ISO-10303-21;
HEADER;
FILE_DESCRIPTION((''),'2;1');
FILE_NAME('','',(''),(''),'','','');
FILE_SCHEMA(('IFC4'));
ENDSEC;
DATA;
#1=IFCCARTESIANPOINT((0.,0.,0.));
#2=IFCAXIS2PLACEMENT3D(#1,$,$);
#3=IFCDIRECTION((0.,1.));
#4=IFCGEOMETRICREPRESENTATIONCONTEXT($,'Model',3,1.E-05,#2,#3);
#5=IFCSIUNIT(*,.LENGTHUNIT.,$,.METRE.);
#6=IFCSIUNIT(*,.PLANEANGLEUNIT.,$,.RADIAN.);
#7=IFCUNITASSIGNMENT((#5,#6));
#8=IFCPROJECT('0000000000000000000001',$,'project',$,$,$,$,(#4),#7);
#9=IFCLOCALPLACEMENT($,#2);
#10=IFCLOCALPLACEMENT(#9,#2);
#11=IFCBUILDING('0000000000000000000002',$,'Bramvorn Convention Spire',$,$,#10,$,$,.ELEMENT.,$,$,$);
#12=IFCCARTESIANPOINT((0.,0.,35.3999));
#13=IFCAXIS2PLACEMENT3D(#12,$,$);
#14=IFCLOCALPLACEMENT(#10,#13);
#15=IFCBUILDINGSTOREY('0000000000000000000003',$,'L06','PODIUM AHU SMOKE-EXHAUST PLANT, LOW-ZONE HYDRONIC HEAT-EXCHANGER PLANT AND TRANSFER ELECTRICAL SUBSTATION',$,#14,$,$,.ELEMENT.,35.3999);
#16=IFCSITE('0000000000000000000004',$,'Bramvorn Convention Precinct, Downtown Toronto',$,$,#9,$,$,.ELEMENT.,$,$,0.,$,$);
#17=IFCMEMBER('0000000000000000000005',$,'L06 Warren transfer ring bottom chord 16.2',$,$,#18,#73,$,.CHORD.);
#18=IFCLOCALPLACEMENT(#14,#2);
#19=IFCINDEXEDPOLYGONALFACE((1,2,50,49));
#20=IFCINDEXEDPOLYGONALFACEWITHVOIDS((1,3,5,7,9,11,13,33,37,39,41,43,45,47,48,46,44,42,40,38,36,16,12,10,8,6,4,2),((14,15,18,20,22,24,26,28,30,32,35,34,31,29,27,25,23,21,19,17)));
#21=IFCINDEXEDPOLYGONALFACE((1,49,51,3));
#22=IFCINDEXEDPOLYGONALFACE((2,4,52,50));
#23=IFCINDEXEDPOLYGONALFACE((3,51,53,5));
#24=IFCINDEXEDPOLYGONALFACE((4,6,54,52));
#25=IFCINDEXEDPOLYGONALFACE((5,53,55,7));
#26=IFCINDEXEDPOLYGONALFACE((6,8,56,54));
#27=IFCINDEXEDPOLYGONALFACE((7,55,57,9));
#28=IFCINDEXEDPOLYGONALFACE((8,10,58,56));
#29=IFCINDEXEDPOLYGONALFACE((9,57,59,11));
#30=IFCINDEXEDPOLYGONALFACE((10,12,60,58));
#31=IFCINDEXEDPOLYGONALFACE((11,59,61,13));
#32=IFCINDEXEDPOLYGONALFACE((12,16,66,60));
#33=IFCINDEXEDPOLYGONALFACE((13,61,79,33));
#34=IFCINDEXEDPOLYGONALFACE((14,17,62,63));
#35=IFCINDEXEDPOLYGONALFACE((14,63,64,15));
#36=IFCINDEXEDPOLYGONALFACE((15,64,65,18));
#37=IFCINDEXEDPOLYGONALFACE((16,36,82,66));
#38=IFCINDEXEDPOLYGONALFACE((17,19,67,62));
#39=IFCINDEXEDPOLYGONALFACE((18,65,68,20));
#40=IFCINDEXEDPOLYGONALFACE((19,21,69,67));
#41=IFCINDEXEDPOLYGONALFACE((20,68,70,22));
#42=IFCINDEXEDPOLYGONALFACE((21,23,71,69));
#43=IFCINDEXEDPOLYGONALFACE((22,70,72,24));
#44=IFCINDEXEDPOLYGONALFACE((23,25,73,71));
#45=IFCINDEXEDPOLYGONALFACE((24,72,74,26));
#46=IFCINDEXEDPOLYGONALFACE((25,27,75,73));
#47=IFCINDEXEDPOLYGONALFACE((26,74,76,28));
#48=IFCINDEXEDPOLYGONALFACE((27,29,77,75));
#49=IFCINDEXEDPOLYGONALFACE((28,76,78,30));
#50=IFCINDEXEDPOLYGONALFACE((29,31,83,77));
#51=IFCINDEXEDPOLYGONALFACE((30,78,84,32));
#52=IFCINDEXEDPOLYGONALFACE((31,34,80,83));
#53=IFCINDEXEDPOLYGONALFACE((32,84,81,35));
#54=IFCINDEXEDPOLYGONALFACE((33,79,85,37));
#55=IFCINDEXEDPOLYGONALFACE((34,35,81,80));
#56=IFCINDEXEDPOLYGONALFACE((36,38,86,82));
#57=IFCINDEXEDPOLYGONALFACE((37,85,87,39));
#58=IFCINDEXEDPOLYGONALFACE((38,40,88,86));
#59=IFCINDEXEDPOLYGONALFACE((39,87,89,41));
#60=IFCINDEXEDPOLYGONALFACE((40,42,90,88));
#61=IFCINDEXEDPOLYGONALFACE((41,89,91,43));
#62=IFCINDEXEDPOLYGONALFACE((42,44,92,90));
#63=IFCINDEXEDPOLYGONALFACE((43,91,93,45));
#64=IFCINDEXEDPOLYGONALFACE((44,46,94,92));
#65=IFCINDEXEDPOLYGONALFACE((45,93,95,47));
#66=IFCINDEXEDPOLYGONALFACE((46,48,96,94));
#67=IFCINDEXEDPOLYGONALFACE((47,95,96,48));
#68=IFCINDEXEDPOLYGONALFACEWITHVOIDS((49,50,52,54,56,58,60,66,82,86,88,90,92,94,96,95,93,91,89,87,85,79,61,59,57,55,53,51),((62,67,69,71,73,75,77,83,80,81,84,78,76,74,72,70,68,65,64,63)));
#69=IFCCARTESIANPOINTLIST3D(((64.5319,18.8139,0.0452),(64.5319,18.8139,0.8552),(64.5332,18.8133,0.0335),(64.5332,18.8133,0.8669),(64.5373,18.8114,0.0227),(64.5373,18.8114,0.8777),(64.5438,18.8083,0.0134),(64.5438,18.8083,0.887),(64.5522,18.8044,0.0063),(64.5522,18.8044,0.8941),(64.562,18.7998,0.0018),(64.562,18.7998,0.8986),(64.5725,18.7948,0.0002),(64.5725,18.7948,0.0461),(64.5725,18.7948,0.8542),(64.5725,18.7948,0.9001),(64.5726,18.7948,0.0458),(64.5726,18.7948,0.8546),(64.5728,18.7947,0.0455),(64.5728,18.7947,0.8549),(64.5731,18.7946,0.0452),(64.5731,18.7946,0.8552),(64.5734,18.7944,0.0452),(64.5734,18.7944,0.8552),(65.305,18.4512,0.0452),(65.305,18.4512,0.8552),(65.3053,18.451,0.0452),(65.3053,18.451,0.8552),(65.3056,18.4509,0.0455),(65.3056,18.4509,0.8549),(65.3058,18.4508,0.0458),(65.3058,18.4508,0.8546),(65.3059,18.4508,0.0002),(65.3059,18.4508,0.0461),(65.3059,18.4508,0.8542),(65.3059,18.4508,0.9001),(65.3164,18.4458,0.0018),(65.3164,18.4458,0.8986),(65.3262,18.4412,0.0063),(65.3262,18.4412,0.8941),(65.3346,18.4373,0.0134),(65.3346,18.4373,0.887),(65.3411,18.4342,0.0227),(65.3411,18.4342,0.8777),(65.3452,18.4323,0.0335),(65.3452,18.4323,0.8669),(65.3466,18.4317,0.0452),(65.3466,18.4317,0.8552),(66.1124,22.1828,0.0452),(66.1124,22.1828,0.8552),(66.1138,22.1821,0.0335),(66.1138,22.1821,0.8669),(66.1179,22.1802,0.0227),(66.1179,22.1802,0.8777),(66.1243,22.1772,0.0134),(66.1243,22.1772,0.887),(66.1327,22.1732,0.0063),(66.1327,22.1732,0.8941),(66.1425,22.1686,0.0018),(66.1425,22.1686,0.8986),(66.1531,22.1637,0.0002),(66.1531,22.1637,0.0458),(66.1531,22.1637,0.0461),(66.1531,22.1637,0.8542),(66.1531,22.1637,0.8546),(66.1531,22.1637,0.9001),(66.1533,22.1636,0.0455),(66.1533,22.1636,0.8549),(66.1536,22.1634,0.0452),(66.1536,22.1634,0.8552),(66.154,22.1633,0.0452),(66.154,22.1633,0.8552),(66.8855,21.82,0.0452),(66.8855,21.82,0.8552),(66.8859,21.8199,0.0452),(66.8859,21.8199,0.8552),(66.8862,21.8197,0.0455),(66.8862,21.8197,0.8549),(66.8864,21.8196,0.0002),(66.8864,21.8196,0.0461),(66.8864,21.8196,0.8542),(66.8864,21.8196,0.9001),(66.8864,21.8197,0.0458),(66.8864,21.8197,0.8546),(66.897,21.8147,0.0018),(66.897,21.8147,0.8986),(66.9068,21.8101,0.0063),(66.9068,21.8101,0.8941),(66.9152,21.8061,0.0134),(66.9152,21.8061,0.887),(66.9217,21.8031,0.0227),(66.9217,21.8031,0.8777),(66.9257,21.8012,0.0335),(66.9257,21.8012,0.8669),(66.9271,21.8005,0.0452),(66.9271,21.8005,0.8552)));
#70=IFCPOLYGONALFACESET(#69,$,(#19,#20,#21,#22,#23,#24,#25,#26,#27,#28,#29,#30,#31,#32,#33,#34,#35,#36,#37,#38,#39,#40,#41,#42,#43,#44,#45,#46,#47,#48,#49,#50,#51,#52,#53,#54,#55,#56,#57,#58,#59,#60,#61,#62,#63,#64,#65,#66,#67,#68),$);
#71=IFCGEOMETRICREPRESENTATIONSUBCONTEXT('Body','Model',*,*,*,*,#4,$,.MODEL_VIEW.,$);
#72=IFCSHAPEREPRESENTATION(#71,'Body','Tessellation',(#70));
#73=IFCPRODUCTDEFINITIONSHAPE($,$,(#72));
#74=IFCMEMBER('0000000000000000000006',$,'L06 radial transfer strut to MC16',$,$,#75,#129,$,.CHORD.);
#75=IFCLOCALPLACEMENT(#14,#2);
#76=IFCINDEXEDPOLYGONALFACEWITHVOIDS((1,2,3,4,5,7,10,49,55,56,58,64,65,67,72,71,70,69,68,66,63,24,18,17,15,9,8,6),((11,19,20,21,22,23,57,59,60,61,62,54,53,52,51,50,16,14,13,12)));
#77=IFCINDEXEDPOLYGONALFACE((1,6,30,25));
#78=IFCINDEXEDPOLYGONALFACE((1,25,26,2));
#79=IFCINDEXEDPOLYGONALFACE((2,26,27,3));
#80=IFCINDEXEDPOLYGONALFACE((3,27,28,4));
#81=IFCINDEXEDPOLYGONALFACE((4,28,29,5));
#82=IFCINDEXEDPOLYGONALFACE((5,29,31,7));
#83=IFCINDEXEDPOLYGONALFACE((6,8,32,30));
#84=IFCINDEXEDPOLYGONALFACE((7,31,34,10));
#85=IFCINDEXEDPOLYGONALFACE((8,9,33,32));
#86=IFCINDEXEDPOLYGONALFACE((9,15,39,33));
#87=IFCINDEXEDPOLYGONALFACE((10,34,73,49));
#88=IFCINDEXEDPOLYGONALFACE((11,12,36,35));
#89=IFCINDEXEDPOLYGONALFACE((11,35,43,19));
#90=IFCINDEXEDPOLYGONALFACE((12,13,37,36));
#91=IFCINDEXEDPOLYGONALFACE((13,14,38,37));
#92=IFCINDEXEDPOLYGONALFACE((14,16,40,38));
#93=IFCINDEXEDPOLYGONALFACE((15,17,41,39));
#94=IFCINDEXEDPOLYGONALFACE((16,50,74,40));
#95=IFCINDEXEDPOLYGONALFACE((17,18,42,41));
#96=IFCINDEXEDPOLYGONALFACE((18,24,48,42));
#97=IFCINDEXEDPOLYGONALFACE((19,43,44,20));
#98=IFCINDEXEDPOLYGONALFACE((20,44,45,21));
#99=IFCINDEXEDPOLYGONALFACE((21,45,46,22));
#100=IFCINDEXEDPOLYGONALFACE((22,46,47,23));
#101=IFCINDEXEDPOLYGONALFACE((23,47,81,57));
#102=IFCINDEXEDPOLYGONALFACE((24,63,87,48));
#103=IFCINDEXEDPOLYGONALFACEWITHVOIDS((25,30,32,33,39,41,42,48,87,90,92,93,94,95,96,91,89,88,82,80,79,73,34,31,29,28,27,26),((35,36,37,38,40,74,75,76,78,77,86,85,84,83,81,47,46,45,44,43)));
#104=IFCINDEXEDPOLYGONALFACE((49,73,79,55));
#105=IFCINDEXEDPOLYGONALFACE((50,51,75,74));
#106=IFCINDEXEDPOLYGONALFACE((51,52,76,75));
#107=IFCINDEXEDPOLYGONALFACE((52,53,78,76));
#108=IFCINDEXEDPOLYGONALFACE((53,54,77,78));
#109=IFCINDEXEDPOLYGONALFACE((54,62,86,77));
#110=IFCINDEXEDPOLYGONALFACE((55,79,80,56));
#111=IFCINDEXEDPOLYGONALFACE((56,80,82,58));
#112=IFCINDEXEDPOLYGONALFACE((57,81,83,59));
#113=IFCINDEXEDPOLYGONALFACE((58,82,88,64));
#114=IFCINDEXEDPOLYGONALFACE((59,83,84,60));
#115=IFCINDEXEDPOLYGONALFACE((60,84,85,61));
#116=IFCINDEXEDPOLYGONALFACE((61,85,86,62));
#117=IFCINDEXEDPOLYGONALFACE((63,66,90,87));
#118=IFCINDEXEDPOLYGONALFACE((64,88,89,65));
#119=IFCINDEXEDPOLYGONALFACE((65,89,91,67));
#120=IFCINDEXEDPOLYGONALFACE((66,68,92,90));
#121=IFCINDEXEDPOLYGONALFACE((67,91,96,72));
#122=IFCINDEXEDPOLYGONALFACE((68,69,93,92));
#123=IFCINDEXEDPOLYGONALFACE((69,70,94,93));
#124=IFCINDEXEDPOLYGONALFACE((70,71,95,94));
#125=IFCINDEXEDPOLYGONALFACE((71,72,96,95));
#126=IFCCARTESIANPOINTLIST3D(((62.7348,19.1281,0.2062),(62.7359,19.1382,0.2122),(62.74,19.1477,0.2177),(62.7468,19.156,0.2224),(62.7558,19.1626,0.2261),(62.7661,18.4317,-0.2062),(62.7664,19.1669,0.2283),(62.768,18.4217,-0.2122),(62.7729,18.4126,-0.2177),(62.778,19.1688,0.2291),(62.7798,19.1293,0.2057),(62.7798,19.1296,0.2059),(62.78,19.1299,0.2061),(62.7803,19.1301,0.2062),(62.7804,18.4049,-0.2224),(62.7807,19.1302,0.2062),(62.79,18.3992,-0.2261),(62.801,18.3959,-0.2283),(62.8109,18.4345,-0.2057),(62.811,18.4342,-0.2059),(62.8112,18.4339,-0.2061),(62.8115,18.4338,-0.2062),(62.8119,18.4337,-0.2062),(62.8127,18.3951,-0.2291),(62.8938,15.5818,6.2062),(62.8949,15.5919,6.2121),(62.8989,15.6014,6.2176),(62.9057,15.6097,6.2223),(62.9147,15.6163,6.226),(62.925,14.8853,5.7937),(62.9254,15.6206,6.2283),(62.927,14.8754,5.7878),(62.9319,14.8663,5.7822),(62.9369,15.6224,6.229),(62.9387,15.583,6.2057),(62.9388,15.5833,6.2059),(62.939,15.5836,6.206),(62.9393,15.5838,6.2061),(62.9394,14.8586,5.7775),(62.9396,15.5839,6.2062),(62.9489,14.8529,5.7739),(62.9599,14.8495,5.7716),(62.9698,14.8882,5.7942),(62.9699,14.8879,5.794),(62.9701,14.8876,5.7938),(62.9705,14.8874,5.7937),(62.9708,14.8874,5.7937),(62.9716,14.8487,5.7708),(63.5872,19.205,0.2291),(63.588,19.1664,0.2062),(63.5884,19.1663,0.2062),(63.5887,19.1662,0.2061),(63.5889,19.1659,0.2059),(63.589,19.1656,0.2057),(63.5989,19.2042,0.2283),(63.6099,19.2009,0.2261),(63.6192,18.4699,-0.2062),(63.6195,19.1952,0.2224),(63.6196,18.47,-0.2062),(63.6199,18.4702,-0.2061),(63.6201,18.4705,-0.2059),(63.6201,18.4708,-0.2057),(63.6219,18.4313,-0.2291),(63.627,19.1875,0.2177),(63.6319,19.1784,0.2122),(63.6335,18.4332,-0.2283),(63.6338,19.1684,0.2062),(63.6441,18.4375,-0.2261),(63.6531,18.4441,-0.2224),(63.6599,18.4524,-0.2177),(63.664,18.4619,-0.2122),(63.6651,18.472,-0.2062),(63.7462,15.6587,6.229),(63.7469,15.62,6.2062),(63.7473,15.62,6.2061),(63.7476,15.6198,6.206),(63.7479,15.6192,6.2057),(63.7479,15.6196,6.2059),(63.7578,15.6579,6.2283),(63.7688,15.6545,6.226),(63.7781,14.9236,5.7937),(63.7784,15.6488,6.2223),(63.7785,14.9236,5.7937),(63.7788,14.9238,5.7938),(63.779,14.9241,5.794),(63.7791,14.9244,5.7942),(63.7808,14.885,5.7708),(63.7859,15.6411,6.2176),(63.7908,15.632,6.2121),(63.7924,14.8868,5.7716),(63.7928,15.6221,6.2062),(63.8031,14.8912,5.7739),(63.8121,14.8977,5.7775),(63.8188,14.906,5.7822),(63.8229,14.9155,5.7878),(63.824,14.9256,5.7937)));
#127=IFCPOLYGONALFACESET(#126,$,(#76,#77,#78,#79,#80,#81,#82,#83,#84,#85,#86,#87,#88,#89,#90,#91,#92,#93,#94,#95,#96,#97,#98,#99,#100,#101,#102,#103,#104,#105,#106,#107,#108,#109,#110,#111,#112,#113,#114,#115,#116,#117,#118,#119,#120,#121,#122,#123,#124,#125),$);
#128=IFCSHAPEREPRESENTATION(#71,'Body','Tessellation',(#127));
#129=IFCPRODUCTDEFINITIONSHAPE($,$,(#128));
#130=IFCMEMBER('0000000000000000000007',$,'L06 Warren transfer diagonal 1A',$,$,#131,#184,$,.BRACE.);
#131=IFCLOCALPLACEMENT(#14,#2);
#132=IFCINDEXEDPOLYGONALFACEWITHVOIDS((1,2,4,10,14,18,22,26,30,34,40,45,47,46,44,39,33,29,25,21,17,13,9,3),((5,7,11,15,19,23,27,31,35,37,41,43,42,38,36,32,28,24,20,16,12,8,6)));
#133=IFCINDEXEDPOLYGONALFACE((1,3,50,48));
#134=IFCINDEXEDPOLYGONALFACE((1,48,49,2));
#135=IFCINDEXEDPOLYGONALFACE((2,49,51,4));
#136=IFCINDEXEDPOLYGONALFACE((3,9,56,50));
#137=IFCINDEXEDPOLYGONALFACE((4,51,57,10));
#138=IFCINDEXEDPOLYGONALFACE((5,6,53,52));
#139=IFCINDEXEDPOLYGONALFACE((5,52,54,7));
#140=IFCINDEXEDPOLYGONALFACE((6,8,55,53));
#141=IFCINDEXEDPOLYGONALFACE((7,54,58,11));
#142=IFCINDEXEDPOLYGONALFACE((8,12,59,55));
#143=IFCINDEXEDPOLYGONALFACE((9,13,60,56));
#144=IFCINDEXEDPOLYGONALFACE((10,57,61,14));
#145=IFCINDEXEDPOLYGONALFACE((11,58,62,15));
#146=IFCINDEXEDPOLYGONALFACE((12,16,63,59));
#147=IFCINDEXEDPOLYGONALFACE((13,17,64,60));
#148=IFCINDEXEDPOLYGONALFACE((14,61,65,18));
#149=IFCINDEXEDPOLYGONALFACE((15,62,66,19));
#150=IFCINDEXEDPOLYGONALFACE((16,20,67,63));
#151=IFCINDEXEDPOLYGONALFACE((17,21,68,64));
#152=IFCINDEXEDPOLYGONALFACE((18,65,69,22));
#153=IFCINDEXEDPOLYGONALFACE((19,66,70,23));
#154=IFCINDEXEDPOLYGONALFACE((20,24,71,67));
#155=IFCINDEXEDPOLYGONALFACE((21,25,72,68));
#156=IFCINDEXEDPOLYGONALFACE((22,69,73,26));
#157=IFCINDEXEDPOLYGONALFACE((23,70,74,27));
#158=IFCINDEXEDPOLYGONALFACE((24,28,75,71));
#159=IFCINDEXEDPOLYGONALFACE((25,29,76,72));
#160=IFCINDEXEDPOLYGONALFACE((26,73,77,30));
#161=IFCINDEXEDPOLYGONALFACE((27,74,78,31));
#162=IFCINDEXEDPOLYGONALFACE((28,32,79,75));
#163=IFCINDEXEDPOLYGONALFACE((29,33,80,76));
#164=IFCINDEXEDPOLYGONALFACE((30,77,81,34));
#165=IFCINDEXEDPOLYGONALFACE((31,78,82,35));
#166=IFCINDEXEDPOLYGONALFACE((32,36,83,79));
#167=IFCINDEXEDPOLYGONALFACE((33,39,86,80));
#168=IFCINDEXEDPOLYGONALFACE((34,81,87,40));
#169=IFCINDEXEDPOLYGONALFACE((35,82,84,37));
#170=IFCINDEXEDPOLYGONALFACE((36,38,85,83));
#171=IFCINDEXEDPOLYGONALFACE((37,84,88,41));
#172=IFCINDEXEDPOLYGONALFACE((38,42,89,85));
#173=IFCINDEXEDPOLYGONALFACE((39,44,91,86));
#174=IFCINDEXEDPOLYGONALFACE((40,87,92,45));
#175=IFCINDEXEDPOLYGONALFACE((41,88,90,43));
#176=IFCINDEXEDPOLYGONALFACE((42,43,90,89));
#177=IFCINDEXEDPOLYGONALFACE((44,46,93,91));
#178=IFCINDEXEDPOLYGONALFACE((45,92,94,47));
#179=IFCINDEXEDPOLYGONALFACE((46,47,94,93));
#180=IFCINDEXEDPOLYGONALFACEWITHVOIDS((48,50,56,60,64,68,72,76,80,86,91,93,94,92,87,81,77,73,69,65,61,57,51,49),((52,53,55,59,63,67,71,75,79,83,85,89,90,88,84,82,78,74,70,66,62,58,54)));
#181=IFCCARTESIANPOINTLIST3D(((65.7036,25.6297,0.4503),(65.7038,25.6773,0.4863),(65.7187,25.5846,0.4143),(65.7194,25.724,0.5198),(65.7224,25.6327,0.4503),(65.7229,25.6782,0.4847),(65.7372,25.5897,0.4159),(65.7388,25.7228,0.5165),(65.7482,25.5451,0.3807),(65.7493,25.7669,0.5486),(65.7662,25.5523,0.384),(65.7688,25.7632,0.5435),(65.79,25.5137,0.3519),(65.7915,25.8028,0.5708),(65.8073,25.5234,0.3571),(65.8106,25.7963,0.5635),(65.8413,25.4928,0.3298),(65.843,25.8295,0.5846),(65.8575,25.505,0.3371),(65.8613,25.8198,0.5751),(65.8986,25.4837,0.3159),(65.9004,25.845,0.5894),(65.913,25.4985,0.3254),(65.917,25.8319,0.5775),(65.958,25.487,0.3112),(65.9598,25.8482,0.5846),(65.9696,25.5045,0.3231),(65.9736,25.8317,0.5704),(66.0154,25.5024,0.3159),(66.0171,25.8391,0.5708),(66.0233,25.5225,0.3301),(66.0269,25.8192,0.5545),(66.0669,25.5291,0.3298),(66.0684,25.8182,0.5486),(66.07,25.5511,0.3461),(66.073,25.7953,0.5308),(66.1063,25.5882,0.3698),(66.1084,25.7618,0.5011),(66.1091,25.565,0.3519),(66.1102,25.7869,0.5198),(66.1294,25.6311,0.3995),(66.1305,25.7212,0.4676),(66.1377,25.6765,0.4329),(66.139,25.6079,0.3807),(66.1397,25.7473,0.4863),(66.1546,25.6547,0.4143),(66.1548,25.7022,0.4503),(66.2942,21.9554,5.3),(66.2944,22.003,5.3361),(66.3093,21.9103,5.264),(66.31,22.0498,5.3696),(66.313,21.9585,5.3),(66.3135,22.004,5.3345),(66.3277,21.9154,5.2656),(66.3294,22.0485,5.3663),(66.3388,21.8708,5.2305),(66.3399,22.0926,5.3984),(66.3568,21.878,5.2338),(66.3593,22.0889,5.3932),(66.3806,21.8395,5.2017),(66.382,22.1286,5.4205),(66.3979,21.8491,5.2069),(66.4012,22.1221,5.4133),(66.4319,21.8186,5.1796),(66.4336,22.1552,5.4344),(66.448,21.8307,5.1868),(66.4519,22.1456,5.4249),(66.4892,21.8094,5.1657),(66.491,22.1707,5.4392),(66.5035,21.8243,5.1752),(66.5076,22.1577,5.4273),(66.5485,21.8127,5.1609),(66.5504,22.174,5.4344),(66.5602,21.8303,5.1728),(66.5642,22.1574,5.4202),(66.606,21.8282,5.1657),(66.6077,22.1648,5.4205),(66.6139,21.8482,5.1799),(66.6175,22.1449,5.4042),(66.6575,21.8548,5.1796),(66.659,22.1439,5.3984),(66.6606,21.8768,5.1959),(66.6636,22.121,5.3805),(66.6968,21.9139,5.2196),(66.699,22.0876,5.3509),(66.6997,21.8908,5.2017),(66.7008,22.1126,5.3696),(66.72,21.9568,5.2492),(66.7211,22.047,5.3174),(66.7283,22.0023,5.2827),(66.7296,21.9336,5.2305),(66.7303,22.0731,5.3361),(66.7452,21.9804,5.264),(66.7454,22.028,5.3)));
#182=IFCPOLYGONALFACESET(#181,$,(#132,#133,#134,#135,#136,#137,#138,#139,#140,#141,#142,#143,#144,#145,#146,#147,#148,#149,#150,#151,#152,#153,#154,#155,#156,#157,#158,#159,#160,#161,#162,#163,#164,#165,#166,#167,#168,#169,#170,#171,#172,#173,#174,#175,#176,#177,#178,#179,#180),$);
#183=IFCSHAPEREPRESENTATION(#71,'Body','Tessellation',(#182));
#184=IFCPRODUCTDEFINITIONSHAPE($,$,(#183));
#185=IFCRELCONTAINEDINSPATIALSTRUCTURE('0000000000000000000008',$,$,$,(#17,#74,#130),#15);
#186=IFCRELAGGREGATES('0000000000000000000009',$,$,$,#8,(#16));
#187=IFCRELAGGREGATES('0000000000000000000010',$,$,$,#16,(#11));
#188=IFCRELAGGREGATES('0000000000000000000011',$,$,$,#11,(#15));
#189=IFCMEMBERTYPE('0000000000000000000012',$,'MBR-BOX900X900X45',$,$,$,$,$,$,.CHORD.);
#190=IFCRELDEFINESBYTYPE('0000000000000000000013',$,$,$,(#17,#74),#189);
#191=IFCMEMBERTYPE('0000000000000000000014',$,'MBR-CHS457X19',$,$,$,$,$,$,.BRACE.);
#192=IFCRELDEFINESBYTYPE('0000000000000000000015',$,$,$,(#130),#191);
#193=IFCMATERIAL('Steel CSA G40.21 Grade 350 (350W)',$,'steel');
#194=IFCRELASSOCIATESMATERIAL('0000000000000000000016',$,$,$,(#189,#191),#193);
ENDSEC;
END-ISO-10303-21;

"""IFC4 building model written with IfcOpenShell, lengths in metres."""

from ifc_helpers import new_model, si_unit, direction, frame, origin, origin_2d, place, context, subcontext, project, spatial, hollow_rectangle, hollow_circle, extrude, material, material_profile, profile_set, type_object, element, save


model = new_model("IFC4")

# Units and contexts
model_context = context("Model", 3, precision=1e-05, world=origin(), true_north=direction((0.0, 1.0)))
body_context = subcontext(model_context, "Body", "Model", "MODEL_VIEW")
ifc_project = project(units=[si_unit("LENGTHUNIT", "METRE"), si_unit("PLANEANGLEUNIT", "RADIAN")], contexts=[model_context])

# Site, building, storey
site_placement = place(None, origin())
site = spatial("IfcSite", under=ifc_project, at=site_placement, Name="Bramvorn Convention Precinct, Downtown Toronto", CompositionType="ELEMENT", RefElevation=0.0)
building_placement = place(site_placement, origin())
building = spatial("IfcBuilding", under=site, at=building_placement, Name="Bramvorn Convention Spire", CompositionType="ELEMENT")
storey_placement = place(building_placement, frame((0.0, 0.0, 35.3999)))
storey = spatial("IfcBuildingStorey", under=building, at=storey_placement, Name="L06", Description="PODIUM AHU SMOKE-EXHAUST PLANT, LOW-ZONE HYDRONIC HEAT-EXCHANGER PLANT AND TRANSFER ELECTRICAL SUBSTATION", CompositionType="ELEMENT", Elevation=35.3999)

# Shared definitions
ifc_material_1 = material(Name="Steel CSA G40.21 Grade 350 (350W)", Category="steel")

# Members
ifc_material_profile_1 = material_profile(ifc_material_1, hollow_rectangle(XDim=0.8999, YDim=0.8999, WallThickness=0.0449, InnerFilletRadius=0.001, OuterFilletRadius=0.0449, at=origin_2d()))
ifc_profile_set_1 = profile_set([ifc_material_profile_1], Name="Steel CSA G40.21 Grade 350 (350W) - BOX900X900X45")
member_type_1 = type_object("IfcMemberType", Name="MBR-BOX900X900X45", PredefinedType="CHORD", material=ifc_profile_set_1)
for number, where, z_axis, x_axis, name in (
    (1, (64.9392, 18.6228, 0.4502), (0.424741, 0.905315, 0.0), (-0.905315, 0.424741, 0.0), "L06 Warren transfer ring bottom chord 16.2"),
):
    element("IfcMember", number, at=place(storey_placement, frame(where, z_axis=z_axis, x_axis=x_axis)), inside=storey, type_object=member_type_1, Name=name, PredefinedType="CHORD", context=body_context, shape_type="SweptSolid", body=[
        extrude(hollow_rectangle(XDim=0.8999, YDim=0.8999, WallThickness=0.0449, InnerFilletRadius=0.001, OuterFilletRadius=0.0449, at=origin_2d()), origin(), (0.0, 0.0, 1.0), 3.7212),
    ])
member_1_placement = place(storey_placement, frame((63.2, 18.8, 0.0), z_axis=(0.022798, -0.508696, 0.860644), x_axis=(0.998997, 0.044771, 0.0)))
element("IfcMember", 2, at=member_1_placement, inside=storey, type_object=member_type_1, Name="L06 radial transfer strut to MC16", PredefinedType="CHORD", context=body_context, shape_type="SweptSolid", body=[
    extrude(hollow_rectangle(XDim=0.8999, YDim=0.8999, WallThickness=0.0449, InnerFilletRadius=0.001, OuterFilletRadius=0.0449, at=origin_2d()), origin(), (0.0, 0.0, 1.0), 6.9714),
])
ifc_material_profile_2 = material_profile(ifc_material_1, hollow_circle(Radius=0.2285, WallThickness=0.019, at=origin_2d()))
ifc_profile_set_2 = profile_set([ifc_material_profile_2], Name="Steel CSA G40.21 Grade 350 (350W) - CHS457X19")
member_type_2 = type_object("IfcMemberType", Name="MBR-CHS457X19", PredefinedType="BRACE", material=ifc_profile_set_2)
member_2_placement = place(storey_placement, frame((66.5198, 21.9917, 5.3), z_axis=(-0.096608, 0.601052, -0.793349), x_axis=(-0.987328, -0.158694, 0.0)))
element("IfcMember", 3, at=member_2_placement, inside=storey, type_object=member_type_2, Name="L06 Warren transfer diagonal 1A", PredefinedType="BRACE", context=body_context, shape_type="SweptSolid", body=[
    extrude(hollow_circle(Radius=0.2285, WallThickness=0.019, at=origin_2d()), origin(), (0.0, 0.0, 1.0), 6.113),
])

save(model, "model.ifc")
